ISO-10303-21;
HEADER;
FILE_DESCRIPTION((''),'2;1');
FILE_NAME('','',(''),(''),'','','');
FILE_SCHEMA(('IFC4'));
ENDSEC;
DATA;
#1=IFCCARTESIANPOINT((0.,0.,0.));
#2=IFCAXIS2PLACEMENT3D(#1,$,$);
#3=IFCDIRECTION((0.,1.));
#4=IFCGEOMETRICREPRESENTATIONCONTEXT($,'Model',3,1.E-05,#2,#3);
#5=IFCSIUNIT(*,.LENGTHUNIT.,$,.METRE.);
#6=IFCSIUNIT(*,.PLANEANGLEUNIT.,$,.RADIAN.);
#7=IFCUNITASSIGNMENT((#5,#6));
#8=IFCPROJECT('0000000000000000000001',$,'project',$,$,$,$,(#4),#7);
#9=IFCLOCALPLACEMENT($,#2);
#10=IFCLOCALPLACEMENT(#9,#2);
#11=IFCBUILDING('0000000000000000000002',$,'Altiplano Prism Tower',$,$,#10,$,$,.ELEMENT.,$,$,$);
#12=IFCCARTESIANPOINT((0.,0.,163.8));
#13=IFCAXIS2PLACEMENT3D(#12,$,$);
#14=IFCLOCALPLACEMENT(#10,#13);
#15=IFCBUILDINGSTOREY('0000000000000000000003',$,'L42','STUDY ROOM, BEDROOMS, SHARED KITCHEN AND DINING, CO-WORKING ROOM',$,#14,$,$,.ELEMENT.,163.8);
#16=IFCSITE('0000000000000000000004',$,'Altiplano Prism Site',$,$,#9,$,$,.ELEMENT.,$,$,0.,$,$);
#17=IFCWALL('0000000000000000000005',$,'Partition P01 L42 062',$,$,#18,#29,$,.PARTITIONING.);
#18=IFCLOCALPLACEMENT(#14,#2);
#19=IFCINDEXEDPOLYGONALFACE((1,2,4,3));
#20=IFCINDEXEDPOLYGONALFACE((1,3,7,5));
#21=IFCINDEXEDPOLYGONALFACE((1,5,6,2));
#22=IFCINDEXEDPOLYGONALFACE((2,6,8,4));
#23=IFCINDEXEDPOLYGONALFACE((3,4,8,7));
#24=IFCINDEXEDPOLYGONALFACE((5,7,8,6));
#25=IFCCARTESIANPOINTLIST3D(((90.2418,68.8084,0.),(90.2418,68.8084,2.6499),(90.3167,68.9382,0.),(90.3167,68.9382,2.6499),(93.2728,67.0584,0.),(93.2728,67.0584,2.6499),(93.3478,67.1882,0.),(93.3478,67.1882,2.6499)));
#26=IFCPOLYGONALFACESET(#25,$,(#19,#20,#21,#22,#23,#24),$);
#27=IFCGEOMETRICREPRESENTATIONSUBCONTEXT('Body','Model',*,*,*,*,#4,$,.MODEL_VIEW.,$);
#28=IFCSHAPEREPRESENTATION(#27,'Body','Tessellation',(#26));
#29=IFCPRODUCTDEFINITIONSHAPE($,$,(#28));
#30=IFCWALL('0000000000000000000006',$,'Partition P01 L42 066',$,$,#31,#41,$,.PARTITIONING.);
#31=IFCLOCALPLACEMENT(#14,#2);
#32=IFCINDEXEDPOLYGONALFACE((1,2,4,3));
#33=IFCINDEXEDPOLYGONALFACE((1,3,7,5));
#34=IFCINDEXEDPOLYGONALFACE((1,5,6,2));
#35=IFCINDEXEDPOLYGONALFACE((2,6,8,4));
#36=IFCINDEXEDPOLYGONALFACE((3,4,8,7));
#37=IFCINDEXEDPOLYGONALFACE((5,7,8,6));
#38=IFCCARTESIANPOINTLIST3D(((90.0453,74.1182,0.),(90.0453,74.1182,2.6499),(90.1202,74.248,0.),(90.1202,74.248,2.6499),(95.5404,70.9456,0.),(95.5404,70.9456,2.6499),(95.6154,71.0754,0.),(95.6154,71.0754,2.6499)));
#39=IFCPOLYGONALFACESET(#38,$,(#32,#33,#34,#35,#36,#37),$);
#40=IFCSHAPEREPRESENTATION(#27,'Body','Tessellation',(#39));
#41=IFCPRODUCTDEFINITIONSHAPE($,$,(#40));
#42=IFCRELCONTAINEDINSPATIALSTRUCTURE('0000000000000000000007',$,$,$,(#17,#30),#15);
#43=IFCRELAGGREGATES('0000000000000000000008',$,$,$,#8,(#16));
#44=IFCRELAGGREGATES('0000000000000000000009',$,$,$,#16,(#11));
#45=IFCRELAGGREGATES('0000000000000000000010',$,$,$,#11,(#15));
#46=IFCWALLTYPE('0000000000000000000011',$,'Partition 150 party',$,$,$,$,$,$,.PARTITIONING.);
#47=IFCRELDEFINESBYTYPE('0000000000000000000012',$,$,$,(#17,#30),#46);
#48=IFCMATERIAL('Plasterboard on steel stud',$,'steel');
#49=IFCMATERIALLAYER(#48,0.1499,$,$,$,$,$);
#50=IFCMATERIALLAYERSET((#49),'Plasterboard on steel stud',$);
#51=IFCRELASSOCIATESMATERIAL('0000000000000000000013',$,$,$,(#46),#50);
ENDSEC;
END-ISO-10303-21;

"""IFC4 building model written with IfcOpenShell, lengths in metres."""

from ifc_helpers import new_model, si_unit, direction, frame, frame_2d, origin, place, context, subcontext, project, spatial, rectangle, extrude, material, layer, layer_set, type_object, element, save


model = new_model("IFC4")

# Units and contexts
model_context = context("Model", 3, precision=1e-05, world=origin(), true_north=direction((0.0, 1.0)))
body_context = subcontext(model_context, "Body", "Model", "MODEL_VIEW")
ifc_project = project(units=[si_unit("LENGTHUNIT", "METRE"), si_unit("PLANEANGLEUNIT", "RADIAN")], contexts=[model_context])

# Site, building, storey
site_placement = place(None, origin())
site = spatial("IfcSite", under=ifc_project, at=site_placement, Name="Altiplano Prism Site", CompositionType="ELEMENT", RefElevation=0.0)
building_placement = place(site_placement, origin())
building = spatial("IfcBuilding", under=site, at=building_placement, Name="Altiplano Prism Tower", CompositionType="ELEMENT")
storey_placement = place(building_placement, frame((0.0, 0.0, 163.8)))
storey = spatial("IfcBuildingStorey", under=building, at=storey_placement, Name="L42", Description="STUDY ROOM, BEDROOMS, SHARED KITCHEN AND DINING, CO-WORKING ROOM", CompositionType="ELEMENT", Elevation=163.8)

# Shared definitions
ifc_material_1 = material(Name="Plasterboard on steel stud", Category="steel")

# Walls
ifc_layer_1 = layer(ifc_material_1, 0.1499)
ifc_layer_set_1 = layer_set([ifc_layer_1], Name="Plasterboard on steel stud")
wall_type_1 = type_object("IfcWallType", Name="Partition 150 party", PredefinedType="PARTITIONING", material=ifc_layer_set_1)
wall_1_placement = place(storey_placement, frame((93.3103, 67.1233, 0.0), z_axis=(0.0, 0.0, 1.0), x_axis=(-0.866019, 0.50001, 0.0)))
element("IfcWall", 1, at=wall_1_placement, inside=storey, type_object=wall_type_1, Name="Partition P01 L42 062", PredefinedType="PARTITIONING", context=body_context, shape_type="SweptSolid", body=[
    extrude(rectangle(XDim=3.5, YDim=0.1499, at=frame_2d((1.75, 0.0))), origin(), (0.0, 0.0, 1.0), 2.6499),
])
wall_2_placement = place(storey_placement, frame((95.5779, 71.0105, 0.0), z_axis=(0.0, 0.0, 1.0), x_axis=(-0.866025, 0.5, 0.0)))
element("IfcWall", 2, at=wall_2_placement, inside=storey, type_object=wall_type_1, Name="Partition P01 L42 066", PredefinedType="PARTITIONING", context=body_context, shape_type="SweptSolid", body=[
    extrude(rectangle(XDim=6.3452, YDim=0.1499, at=frame_2d((3.1726, 0.0))), origin(), (0.0, 0.0, 1.0), 2.6499),
])

save(model, "model.ifc")
